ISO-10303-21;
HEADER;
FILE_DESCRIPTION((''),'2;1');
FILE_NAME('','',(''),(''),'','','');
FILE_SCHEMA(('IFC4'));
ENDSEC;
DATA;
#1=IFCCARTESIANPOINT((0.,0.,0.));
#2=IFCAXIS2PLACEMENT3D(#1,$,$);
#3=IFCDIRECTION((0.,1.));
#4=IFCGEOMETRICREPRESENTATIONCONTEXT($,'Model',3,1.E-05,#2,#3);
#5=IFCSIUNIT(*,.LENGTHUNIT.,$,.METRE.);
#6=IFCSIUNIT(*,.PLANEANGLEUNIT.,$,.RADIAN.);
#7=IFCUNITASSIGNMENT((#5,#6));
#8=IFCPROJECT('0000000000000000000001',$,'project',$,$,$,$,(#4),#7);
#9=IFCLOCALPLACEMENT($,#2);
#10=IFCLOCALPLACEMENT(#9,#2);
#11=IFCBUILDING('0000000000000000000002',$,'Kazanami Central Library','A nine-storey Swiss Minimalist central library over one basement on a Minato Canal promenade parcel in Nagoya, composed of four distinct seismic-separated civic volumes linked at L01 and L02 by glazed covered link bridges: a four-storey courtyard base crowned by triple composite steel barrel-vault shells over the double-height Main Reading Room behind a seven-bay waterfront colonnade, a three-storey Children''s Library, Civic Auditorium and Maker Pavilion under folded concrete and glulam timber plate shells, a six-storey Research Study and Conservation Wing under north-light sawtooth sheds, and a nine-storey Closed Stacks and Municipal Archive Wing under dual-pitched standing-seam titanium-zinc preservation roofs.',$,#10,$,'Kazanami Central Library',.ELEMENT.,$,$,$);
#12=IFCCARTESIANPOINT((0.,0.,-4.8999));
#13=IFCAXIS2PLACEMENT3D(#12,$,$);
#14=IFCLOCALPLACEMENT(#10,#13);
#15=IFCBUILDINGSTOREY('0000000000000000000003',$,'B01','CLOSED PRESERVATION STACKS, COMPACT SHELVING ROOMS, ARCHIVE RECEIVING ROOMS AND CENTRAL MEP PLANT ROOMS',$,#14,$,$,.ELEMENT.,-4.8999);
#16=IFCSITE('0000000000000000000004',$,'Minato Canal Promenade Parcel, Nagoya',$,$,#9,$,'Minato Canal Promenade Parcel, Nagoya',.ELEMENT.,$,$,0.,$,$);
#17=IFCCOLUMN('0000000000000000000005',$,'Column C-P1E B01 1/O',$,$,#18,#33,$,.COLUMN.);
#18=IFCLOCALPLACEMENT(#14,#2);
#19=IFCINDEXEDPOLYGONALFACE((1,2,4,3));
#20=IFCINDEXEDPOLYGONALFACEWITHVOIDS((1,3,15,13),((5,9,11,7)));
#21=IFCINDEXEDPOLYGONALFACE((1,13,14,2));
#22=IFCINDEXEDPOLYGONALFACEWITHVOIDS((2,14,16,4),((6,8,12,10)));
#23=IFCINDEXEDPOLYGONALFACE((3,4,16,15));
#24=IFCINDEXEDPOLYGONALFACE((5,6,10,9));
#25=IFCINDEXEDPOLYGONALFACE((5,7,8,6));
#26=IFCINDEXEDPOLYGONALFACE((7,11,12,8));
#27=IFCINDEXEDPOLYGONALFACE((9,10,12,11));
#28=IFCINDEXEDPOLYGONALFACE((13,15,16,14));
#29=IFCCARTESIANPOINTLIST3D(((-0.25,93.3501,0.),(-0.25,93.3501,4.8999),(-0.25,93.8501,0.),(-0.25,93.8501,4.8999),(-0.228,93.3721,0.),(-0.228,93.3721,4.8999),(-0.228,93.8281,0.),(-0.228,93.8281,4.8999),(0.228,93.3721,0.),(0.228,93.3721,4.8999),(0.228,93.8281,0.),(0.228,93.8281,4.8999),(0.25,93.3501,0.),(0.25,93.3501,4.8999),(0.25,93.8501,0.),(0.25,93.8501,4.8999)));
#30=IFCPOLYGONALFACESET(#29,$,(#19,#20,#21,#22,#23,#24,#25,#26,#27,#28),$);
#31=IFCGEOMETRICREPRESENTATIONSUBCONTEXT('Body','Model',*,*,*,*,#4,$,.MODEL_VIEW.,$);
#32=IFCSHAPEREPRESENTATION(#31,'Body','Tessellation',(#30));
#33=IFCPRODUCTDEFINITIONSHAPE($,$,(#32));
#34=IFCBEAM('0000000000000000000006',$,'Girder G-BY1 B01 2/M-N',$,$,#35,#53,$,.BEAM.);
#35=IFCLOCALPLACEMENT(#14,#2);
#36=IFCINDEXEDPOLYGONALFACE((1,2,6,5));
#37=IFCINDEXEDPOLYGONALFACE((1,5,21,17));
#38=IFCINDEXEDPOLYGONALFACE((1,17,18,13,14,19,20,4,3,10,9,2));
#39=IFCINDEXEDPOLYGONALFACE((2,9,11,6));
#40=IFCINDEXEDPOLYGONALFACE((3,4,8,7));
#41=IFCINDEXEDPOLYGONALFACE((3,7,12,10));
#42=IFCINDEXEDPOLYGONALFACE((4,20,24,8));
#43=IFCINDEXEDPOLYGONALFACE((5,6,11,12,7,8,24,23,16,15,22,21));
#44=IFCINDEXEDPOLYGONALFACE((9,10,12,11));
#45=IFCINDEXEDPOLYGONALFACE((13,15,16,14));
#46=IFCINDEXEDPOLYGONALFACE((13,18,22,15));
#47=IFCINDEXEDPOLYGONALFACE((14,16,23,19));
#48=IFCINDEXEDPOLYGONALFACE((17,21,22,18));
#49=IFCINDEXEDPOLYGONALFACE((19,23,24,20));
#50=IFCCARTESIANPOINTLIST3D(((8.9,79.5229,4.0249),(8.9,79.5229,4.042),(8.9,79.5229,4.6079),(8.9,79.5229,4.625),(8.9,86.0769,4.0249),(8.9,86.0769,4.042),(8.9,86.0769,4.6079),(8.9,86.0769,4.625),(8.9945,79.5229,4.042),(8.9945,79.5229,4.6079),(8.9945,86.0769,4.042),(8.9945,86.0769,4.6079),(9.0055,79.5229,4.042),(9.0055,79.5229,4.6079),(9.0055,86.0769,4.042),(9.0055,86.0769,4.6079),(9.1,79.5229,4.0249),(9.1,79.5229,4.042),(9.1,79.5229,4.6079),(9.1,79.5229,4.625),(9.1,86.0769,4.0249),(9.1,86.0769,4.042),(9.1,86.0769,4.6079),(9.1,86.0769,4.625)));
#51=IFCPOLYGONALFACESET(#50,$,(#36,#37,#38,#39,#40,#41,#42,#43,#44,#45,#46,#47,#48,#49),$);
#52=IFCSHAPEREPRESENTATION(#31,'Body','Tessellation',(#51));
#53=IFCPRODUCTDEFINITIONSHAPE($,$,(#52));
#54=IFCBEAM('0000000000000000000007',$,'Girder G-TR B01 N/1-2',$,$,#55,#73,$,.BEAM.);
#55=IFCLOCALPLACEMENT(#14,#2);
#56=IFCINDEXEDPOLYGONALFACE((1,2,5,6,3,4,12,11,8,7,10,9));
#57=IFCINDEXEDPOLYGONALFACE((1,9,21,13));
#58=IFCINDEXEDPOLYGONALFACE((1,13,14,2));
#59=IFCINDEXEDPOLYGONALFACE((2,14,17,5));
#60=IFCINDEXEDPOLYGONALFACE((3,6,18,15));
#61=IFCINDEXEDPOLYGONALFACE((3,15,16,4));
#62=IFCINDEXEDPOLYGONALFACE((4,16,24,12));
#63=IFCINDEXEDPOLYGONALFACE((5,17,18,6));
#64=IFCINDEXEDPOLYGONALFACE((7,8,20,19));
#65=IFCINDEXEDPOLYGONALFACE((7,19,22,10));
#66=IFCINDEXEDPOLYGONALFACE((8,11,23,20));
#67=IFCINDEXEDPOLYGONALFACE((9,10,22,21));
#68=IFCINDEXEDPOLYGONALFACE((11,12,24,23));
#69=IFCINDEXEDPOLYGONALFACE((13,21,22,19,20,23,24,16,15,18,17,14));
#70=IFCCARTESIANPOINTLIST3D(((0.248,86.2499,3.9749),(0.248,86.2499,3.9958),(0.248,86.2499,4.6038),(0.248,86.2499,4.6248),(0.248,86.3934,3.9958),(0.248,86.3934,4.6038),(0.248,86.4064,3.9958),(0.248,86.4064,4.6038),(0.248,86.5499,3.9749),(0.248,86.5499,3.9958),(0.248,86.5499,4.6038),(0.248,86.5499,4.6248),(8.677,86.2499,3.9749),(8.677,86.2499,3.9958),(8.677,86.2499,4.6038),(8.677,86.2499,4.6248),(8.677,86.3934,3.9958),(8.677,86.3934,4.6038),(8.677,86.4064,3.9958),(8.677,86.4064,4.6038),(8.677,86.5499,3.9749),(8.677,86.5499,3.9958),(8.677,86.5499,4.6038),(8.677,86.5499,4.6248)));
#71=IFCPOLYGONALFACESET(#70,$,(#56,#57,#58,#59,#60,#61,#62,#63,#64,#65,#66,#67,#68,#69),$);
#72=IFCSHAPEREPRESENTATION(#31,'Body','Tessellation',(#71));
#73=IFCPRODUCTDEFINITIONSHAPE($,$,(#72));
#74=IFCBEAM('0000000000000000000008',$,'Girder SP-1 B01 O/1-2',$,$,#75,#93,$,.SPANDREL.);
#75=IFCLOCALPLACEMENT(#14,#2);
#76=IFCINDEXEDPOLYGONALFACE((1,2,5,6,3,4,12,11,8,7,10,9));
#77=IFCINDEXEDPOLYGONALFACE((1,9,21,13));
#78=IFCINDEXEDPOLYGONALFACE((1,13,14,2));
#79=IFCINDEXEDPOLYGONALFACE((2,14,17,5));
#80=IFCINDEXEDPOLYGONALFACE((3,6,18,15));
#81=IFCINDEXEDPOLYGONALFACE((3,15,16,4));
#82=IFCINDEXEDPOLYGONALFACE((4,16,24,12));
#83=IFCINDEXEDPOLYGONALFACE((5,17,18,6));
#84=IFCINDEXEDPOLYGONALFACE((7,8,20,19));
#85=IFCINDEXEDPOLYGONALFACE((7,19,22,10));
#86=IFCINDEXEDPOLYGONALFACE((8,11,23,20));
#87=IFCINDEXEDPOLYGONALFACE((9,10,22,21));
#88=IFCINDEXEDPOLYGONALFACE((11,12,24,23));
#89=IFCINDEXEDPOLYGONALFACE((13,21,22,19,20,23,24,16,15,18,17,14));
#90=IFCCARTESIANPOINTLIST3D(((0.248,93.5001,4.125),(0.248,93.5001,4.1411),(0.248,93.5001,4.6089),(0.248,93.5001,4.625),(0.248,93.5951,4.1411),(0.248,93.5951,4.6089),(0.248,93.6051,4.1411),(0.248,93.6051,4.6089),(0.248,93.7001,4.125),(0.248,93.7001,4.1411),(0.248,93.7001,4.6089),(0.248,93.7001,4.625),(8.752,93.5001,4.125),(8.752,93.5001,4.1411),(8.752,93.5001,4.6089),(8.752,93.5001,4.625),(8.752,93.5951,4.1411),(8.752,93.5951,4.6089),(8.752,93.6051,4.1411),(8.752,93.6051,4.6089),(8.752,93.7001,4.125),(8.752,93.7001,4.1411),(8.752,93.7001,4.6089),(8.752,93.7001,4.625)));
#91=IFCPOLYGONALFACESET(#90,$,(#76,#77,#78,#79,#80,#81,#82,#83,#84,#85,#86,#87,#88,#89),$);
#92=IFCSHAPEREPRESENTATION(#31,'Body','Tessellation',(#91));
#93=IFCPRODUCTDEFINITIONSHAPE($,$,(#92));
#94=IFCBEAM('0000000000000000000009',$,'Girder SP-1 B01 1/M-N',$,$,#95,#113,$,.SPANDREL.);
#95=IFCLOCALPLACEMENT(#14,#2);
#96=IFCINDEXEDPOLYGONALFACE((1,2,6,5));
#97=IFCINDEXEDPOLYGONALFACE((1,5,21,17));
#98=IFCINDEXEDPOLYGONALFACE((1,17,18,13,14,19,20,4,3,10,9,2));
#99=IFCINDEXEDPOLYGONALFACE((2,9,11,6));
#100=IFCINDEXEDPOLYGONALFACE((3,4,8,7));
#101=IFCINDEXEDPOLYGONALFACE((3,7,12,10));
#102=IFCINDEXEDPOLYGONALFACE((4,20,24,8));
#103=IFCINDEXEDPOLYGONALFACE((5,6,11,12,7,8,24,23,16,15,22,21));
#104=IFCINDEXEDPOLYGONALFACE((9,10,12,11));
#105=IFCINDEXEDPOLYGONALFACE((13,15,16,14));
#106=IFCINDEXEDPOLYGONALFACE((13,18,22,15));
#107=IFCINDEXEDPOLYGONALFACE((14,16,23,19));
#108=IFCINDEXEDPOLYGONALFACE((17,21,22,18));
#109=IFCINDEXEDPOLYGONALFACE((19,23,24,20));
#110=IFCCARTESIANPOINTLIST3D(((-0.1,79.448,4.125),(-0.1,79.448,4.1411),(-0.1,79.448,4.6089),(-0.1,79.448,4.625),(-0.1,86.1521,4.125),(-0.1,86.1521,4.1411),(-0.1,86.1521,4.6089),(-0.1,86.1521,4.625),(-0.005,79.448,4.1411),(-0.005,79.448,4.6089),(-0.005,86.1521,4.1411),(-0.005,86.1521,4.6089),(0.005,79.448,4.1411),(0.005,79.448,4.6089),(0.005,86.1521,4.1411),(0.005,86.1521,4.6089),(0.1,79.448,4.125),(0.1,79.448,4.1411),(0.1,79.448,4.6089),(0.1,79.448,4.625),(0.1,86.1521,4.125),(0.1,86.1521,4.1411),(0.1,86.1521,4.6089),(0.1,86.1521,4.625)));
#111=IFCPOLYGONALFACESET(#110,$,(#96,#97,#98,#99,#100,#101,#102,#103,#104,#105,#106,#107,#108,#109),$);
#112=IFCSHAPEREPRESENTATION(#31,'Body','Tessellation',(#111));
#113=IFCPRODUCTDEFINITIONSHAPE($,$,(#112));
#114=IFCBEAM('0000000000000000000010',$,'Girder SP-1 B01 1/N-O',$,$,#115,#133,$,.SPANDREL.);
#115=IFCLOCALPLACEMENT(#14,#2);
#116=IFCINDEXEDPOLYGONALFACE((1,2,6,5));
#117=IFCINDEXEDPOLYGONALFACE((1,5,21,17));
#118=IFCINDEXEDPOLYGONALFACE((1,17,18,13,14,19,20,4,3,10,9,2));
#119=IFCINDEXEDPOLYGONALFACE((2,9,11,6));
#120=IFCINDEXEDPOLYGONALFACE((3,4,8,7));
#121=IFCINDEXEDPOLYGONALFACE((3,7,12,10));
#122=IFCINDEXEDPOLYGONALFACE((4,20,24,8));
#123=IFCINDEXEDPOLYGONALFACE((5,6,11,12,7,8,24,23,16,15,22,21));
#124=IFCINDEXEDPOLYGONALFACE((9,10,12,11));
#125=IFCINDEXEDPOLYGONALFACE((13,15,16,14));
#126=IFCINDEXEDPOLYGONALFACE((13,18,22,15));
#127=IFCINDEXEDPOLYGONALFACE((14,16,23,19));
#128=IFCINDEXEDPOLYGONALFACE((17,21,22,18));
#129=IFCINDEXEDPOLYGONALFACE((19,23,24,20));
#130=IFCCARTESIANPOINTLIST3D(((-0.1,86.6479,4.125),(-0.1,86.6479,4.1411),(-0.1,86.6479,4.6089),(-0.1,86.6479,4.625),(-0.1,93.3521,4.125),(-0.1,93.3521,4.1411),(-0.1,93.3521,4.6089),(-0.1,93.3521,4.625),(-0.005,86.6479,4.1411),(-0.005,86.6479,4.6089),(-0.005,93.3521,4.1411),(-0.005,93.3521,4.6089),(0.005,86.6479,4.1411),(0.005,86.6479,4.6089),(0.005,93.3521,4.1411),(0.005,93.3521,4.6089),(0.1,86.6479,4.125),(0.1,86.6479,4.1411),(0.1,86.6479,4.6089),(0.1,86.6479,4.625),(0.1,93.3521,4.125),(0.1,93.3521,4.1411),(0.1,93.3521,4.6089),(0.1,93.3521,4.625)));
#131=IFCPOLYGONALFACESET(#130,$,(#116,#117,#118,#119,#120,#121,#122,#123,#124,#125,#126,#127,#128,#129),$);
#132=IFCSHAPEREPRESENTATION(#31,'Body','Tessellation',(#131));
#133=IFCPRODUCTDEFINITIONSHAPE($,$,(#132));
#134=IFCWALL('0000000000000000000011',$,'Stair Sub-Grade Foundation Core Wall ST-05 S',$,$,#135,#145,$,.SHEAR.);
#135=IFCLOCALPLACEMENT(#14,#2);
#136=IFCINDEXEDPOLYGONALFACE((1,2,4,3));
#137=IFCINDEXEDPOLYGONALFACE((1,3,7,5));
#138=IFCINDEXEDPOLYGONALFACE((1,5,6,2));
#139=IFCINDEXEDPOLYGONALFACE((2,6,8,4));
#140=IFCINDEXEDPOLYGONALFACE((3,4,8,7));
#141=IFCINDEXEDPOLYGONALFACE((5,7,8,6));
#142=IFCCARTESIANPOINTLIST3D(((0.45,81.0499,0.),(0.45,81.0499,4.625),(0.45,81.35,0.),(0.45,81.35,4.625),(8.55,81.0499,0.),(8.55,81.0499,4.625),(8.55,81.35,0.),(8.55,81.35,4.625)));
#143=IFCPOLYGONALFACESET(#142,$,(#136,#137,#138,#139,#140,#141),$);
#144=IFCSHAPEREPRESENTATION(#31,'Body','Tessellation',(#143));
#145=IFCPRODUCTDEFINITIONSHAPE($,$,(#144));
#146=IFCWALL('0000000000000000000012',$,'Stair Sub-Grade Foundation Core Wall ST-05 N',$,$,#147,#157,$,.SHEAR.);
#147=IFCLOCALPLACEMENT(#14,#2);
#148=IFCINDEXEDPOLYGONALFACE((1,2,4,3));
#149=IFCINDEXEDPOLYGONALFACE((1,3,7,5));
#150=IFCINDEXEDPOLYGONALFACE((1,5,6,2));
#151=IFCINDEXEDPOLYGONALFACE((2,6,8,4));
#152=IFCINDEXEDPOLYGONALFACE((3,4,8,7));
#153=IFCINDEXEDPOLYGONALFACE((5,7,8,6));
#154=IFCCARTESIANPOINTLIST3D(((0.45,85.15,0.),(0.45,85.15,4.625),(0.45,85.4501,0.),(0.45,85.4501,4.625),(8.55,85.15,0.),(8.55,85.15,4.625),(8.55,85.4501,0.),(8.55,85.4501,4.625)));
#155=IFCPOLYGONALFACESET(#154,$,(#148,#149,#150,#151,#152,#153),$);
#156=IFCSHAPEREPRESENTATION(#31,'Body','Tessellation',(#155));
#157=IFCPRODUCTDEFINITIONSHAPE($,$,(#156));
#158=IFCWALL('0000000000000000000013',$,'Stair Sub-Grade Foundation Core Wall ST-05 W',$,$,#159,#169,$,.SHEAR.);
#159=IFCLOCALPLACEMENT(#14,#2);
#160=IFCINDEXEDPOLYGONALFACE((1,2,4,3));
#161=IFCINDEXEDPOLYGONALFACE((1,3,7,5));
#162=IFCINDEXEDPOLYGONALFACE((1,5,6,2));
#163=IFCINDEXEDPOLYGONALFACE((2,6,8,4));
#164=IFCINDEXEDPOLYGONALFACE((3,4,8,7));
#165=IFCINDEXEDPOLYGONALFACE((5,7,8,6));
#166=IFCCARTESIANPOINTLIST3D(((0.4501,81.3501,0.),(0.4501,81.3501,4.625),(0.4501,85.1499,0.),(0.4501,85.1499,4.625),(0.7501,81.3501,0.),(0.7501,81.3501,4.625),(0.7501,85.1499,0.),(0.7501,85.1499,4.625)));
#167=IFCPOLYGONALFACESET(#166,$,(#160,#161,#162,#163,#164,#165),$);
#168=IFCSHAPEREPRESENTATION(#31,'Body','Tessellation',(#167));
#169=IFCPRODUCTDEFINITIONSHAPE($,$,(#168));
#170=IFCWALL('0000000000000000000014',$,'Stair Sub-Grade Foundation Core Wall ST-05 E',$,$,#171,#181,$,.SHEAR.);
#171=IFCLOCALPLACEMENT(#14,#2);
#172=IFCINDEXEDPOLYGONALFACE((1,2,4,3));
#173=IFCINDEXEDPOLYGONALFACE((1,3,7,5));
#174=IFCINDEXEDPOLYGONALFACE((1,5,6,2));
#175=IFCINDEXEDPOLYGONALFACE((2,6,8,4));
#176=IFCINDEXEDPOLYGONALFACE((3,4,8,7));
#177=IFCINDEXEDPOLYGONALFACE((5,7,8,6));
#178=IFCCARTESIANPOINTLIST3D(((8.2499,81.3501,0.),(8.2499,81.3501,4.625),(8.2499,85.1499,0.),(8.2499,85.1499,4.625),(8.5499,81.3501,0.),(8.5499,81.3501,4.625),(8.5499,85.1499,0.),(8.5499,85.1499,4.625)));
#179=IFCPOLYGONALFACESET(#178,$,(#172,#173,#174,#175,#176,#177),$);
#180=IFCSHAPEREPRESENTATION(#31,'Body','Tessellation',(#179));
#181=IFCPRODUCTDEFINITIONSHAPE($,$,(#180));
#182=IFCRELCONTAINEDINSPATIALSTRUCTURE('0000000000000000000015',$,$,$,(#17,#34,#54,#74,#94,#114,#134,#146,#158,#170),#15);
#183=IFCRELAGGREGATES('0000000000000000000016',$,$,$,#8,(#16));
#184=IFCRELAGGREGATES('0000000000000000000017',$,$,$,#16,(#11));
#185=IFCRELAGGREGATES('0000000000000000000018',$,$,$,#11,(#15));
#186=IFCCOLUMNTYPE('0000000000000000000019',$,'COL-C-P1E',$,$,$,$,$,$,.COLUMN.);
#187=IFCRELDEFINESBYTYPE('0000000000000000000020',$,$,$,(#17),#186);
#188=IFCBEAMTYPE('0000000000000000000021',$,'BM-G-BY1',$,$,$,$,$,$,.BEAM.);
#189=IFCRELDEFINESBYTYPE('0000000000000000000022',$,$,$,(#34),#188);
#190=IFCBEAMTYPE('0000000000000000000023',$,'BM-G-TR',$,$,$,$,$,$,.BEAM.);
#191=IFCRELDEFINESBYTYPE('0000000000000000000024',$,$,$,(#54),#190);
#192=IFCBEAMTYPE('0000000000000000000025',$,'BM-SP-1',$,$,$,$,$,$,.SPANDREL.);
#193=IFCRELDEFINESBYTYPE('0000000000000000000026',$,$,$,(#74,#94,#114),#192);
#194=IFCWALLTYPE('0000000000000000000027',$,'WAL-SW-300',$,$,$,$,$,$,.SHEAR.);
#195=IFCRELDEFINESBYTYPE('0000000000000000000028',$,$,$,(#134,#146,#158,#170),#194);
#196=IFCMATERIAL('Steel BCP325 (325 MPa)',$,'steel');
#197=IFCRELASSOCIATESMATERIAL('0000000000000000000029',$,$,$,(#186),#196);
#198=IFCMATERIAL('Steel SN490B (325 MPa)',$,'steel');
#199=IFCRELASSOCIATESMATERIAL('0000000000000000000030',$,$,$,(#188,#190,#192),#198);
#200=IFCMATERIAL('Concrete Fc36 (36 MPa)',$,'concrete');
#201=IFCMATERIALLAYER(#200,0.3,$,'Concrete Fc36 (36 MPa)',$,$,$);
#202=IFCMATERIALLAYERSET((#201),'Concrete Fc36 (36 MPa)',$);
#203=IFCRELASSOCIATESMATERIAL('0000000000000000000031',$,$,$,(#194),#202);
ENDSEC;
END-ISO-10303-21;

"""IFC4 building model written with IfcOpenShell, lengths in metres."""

from ifc_helpers import new_model, si_unit, direction, frame, frame_2d, origin, origin_2d, place, context, subcontext, project, spatial, rectangle, hollow_rectangle, i_section, extrude, material, layer, layer_set, material_profile, profile_set, type_object, element, save


model = new_model("IFC4")

# Units and contexts
model_context = context("Model", 3, precision=1e-05, world=origin(), true_north=direction((0.0, 1.0)))
body_context = subcontext(model_context, "Body", "Model", "MODEL_VIEW")
ifc_project = project(units=[si_unit("LENGTHUNIT", "METRE"), si_unit("PLANEANGLEUNIT", "RADIAN")], contexts=[model_context])

# Site, building, storey
site_placement = place(None, origin())
site = spatial("IfcSite", under=ifc_project, at=site_placement, Name="Minato Canal Promenade Parcel, Nagoya", LongName="Minato Canal Promenade Parcel, Nagoya", CompositionType="ELEMENT", RefElevation=0.0)
building_placement = place(site_placement, origin())
building = spatial("IfcBuilding", under=site, at=building_placement, Name="Kazanami Central Library", Description="A nine-storey Swiss Minimalist central library over one basement on a Minato Canal promenade parcel in Nagoya, composed of four distinct seismic-separated civic volumes linked at L01 and L02 by glazed covered link bridges: a four-storey courtyard base crowned by triple composite steel barrel-vault shells over the double-height Main Reading Room behind a seven-bay waterfront colonnade, a three-storey Children's Library, Civic Auditorium and Maker Pavilion under folded concrete and glulam timber plate shells, a six-storey Research Study and Conservation Wing under north-light sawtooth sheds, and a nine-storey Closed Stacks and Municipal Archive Wing under dual-pitched standing-seam titanium-zinc preservation roofs.", LongName="Kazanami Central Library", CompositionType="ELEMENT")
storey_placement = place(building_placement, frame((0.0, 0.0, -4.8999)))
storey = spatial("IfcBuildingStorey", under=building, at=storey_placement, Name="B01", Description="CLOSED PRESERVATION STACKS, COMPACT SHELVING ROOMS, ARCHIVE RECEIVING ROOMS AND CENTRAL MEP PLANT ROOMS", CompositionType="ELEMENT", Elevation=-4.8999)

# Shared definitions
ifc_material_1 = material(Name="Concrete Fc36 (36 MPa)", Category="concrete")

# Column
ifc_material_2 = material(Name="Steel BCP325 (325 MPa)", Category="steel")
ifc_material_profile_1 = material_profile(ifc_material_2, hollow_rectangle(XDim=0.5, YDim=0.5, WallThickness=0.022, at=origin_2d()), Name="BCP-500x500x22")
ifc_profile_set_1 = profile_set([ifc_material_profile_1], Name="Steel BCP325 (325 MPa)")
column_type = type_object("IfcColumnType", Name="COL-C-P1E", PredefinedType="COLUMN", material=ifc_profile_set_1)
for number, where, z_axis, x_axis, name in (
    (1, (0.0, 93.6001, 0.0), (0.0, 0.0, 1.0), (1.0, 0.0, 0.0), "Column C-P1E B01 1/O"),
):
    element("IfcColumn", number, at=place(storey_placement, frame(where, z_axis=z_axis, x_axis=x_axis)), inside=storey, type_object=column_type, Name=name, PredefinedType="COLUMN", context=body_context, shape_type="SweptSolid", body=[
        extrude(hollow_rectangle(XDim=0.5, YDim=0.5, WallThickness=0.022, at=origin_2d()), origin(), (0.0, 0.0, 1.0), 4.8999),
    ])

# Beams
ifc_material_3 = material(Name="Steel SN490B (325 MPa)", Category="steel")
ifc_material_profile_2 = material_profile(ifc_material_3, i_section(OverallWidth=0.2, OverallDepth=0.6001, WebThickness=0.011, FlangeThickness=0.0171, at=origin_2d()), Name="H-600x200x11x17")
ifc_profile_set_2 = profile_set([ifc_material_profile_2], Name="Steel SN490B (325 MPa)")
beam_type_1 = type_object("IfcBeamType", Name="BM-G-BY1", PredefinedType="BEAM", material=ifc_profile_set_2)
beam_1_placement = place(storey_placement, frame((9.0, 79.5229, 4.325), z_axis=(0.0, 1.0, 0.0), x_axis=(-1.0, 0.0, 0.0)))
element("IfcBeam", 2, at=beam_1_placement, inside=storey, type_object=beam_type_1, Name="Girder G-BY1 B01 2/M-N", PredefinedType="BEAM", context=body_context, shape_type="SweptSolid", body=[
    extrude(i_section(OverallWidth=0.2, OverallDepth=0.6001, WebThickness=0.011, FlangeThickness=0.0171, at=origin_2d()), origin(), (0.0, 0.0, 1.0), 6.554),
])
ifc_material_profile_3 = material_profile(ifc_material_3, i_section(OverallWidth=0.3, OverallDepth=0.6499, WebThickness=0.0129, FlangeThickness=0.021, at=origin_2d()), Name="H-650x300x13x21")
ifc_profile_set_3 = profile_set([ifc_material_profile_3], Name="Steel SN490B (325 MPa)")
beam_type_2 = type_object("IfcBeamType", Name="BM-G-TR", PredefinedType="BEAM", material=ifc_profile_set_3)
beam_2_placement = place(storey_placement, frame((0.248, 86.3999, 4.2998), z_axis=(1.0, 0.0, 0.0), x_axis=(0.0, 1.0, 0.0)))
element("IfcBeam", 3, at=beam_2_placement, inside=storey, type_object=beam_type_2, Name="Girder G-TR B01 N/1-2", PredefinedType="BEAM", context=body_context, shape_type="SweptSolid", body=[
    extrude(i_section(OverallWidth=0.3, OverallDepth=0.6499, WebThickness=0.0129, FlangeThickness=0.021, at=origin_2d()), origin(), (0.0, 0.0, 1.0), 8.429),
])
ifc_material_profile_4 = material_profile(ifc_material_3, i_section(OverallWidth=0.2, OverallDepth=0.5, WebThickness=0.01, FlangeThickness=0.0161, at=origin_2d()), Name="H-500x200x10x16")
ifc_profile_set_4 = profile_set([ifc_material_profile_4], Name="Steel SN490B (325 MPa)")
beam_type_3 = type_object("IfcBeamType", Name="BM-SP-1", PredefinedType="SPANDREL", material=ifc_profile_set_4)
beam_3_placement = place(storey_placement, frame((0.248, 93.6001, 4.375), z_axis=(1.0, 0.0, 0.0), x_axis=(0.0, 1.0, 0.0)))
element("IfcBeam", 4, at=beam_3_placement, inside=storey, type_object=beam_type_3, Name="Girder SP-1 B01 O/1-2", PredefinedType="SPANDREL", context=body_context, shape_type="SweptSolid", body=[
    extrude(i_section(OverallWidth=0.2, OverallDepth=0.5, WebThickness=0.01, FlangeThickness=0.0161, at=origin_2d()), origin(), (0.0, 0.0, 1.0), 8.5039),
])
for number, where, z_axis, x_axis, name in (
    (5, (0.0, 79.448, 4.375), (0.0, 1.0, 0.0), (-1.0, 0.0, 0.0), "Girder SP-1 B01 1/M-N"),
    (6, (0.0, 86.6479, 4.375), (0.0, 1.0, 0.0), (-1.0, 0.0, 0.0), "Girder SP-1 B01 1/N-O"),
):
    element("IfcBeam", number, at=place(storey_placement, frame(where, z_axis=z_axis, x_axis=x_axis)), inside=storey, type_object=beam_type_3, Name=name, PredefinedType="SPANDREL", context=body_context, shape_type="SweptSolid", body=[
        extrude(i_section(OverallWidth=0.2, OverallDepth=0.5, WebThickness=0.01, FlangeThickness=0.0161, at=origin_2d()), origin(), (0.0, 0.0, 1.0), 6.7041),
    ])

# Walls
ifc_layer = layer(ifc_material_1, 0.3, Name="Concrete Fc36 (36 MPa)")
ifc_layer_set = layer_set([ifc_layer], Name="Concrete Fc36 (36 MPa)")
wall_type = type_object("IfcWallType", Name="WAL-SW-300", PredefinedType="SHEAR", material=ifc_layer_set)
for number, where, z_axis, x_axis, name in (
    (7, (0.45, 81.2, 0.0), (0.0, 0.0, 1.0), (1.0, 0.0, 0.0), "Stair Sub-Grade Foundation Core Wall ST-05 S"),
    (8, (0.45, 85.3, 0.0), (0.0, 0.0, 1.0), (1.0, 0.0, 0.0), "Stair Sub-Grade Foundation Core Wall ST-05 N"),
):
    element("IfcWall", number, at=place(storey_placement, frame(where, z_axis=z_axis, x_axis=x_axis)), inside=storey, type_object=wall_type, Name=name, PredefinedType="SHEAR", context=body_context, shape_type="SweptSolid", body=[
        extrude(rectangle(XDim=8.1001, YDim=0.3, at=frame_2d((4.05, 0.0))), origin(), (0.0, 0.0, 1.0), 4.625),
    ])
for number, where, z_axis, x_axis, name in (
    (9, (0.6001, 81.3501, 0.0), (0.0, 0.0, 1.0), (0.0, 1.0, 0.0), "Stair Sub-Grade Foundation Core Wall ST-05 W"),
    (10, (8.3999, 81.3501, 0.0), (0.0, 0.0, 1.0), (0.0, 1.0, 0.0), "Stair Sub-Grade Foundation Core Wall ST-05 E"),
):
    element("IfcWall", number, at=place(storey_placement, frame(where, z_axis=z_axis, x_axis=x_axis)), inside=storey, type_object=wall_type, Name=name, PredefinedType="SHEAR", context=body_context, shape_type="SweptSolid", body=[
        extrude(rectangle(XDim=3.7998, YDim=0.3, at=frame_2d((1.8999, 0.0))), origin(), (0.0, 0.0, 1.0), 4.625),
    ])

save(model, "model.ifc")
